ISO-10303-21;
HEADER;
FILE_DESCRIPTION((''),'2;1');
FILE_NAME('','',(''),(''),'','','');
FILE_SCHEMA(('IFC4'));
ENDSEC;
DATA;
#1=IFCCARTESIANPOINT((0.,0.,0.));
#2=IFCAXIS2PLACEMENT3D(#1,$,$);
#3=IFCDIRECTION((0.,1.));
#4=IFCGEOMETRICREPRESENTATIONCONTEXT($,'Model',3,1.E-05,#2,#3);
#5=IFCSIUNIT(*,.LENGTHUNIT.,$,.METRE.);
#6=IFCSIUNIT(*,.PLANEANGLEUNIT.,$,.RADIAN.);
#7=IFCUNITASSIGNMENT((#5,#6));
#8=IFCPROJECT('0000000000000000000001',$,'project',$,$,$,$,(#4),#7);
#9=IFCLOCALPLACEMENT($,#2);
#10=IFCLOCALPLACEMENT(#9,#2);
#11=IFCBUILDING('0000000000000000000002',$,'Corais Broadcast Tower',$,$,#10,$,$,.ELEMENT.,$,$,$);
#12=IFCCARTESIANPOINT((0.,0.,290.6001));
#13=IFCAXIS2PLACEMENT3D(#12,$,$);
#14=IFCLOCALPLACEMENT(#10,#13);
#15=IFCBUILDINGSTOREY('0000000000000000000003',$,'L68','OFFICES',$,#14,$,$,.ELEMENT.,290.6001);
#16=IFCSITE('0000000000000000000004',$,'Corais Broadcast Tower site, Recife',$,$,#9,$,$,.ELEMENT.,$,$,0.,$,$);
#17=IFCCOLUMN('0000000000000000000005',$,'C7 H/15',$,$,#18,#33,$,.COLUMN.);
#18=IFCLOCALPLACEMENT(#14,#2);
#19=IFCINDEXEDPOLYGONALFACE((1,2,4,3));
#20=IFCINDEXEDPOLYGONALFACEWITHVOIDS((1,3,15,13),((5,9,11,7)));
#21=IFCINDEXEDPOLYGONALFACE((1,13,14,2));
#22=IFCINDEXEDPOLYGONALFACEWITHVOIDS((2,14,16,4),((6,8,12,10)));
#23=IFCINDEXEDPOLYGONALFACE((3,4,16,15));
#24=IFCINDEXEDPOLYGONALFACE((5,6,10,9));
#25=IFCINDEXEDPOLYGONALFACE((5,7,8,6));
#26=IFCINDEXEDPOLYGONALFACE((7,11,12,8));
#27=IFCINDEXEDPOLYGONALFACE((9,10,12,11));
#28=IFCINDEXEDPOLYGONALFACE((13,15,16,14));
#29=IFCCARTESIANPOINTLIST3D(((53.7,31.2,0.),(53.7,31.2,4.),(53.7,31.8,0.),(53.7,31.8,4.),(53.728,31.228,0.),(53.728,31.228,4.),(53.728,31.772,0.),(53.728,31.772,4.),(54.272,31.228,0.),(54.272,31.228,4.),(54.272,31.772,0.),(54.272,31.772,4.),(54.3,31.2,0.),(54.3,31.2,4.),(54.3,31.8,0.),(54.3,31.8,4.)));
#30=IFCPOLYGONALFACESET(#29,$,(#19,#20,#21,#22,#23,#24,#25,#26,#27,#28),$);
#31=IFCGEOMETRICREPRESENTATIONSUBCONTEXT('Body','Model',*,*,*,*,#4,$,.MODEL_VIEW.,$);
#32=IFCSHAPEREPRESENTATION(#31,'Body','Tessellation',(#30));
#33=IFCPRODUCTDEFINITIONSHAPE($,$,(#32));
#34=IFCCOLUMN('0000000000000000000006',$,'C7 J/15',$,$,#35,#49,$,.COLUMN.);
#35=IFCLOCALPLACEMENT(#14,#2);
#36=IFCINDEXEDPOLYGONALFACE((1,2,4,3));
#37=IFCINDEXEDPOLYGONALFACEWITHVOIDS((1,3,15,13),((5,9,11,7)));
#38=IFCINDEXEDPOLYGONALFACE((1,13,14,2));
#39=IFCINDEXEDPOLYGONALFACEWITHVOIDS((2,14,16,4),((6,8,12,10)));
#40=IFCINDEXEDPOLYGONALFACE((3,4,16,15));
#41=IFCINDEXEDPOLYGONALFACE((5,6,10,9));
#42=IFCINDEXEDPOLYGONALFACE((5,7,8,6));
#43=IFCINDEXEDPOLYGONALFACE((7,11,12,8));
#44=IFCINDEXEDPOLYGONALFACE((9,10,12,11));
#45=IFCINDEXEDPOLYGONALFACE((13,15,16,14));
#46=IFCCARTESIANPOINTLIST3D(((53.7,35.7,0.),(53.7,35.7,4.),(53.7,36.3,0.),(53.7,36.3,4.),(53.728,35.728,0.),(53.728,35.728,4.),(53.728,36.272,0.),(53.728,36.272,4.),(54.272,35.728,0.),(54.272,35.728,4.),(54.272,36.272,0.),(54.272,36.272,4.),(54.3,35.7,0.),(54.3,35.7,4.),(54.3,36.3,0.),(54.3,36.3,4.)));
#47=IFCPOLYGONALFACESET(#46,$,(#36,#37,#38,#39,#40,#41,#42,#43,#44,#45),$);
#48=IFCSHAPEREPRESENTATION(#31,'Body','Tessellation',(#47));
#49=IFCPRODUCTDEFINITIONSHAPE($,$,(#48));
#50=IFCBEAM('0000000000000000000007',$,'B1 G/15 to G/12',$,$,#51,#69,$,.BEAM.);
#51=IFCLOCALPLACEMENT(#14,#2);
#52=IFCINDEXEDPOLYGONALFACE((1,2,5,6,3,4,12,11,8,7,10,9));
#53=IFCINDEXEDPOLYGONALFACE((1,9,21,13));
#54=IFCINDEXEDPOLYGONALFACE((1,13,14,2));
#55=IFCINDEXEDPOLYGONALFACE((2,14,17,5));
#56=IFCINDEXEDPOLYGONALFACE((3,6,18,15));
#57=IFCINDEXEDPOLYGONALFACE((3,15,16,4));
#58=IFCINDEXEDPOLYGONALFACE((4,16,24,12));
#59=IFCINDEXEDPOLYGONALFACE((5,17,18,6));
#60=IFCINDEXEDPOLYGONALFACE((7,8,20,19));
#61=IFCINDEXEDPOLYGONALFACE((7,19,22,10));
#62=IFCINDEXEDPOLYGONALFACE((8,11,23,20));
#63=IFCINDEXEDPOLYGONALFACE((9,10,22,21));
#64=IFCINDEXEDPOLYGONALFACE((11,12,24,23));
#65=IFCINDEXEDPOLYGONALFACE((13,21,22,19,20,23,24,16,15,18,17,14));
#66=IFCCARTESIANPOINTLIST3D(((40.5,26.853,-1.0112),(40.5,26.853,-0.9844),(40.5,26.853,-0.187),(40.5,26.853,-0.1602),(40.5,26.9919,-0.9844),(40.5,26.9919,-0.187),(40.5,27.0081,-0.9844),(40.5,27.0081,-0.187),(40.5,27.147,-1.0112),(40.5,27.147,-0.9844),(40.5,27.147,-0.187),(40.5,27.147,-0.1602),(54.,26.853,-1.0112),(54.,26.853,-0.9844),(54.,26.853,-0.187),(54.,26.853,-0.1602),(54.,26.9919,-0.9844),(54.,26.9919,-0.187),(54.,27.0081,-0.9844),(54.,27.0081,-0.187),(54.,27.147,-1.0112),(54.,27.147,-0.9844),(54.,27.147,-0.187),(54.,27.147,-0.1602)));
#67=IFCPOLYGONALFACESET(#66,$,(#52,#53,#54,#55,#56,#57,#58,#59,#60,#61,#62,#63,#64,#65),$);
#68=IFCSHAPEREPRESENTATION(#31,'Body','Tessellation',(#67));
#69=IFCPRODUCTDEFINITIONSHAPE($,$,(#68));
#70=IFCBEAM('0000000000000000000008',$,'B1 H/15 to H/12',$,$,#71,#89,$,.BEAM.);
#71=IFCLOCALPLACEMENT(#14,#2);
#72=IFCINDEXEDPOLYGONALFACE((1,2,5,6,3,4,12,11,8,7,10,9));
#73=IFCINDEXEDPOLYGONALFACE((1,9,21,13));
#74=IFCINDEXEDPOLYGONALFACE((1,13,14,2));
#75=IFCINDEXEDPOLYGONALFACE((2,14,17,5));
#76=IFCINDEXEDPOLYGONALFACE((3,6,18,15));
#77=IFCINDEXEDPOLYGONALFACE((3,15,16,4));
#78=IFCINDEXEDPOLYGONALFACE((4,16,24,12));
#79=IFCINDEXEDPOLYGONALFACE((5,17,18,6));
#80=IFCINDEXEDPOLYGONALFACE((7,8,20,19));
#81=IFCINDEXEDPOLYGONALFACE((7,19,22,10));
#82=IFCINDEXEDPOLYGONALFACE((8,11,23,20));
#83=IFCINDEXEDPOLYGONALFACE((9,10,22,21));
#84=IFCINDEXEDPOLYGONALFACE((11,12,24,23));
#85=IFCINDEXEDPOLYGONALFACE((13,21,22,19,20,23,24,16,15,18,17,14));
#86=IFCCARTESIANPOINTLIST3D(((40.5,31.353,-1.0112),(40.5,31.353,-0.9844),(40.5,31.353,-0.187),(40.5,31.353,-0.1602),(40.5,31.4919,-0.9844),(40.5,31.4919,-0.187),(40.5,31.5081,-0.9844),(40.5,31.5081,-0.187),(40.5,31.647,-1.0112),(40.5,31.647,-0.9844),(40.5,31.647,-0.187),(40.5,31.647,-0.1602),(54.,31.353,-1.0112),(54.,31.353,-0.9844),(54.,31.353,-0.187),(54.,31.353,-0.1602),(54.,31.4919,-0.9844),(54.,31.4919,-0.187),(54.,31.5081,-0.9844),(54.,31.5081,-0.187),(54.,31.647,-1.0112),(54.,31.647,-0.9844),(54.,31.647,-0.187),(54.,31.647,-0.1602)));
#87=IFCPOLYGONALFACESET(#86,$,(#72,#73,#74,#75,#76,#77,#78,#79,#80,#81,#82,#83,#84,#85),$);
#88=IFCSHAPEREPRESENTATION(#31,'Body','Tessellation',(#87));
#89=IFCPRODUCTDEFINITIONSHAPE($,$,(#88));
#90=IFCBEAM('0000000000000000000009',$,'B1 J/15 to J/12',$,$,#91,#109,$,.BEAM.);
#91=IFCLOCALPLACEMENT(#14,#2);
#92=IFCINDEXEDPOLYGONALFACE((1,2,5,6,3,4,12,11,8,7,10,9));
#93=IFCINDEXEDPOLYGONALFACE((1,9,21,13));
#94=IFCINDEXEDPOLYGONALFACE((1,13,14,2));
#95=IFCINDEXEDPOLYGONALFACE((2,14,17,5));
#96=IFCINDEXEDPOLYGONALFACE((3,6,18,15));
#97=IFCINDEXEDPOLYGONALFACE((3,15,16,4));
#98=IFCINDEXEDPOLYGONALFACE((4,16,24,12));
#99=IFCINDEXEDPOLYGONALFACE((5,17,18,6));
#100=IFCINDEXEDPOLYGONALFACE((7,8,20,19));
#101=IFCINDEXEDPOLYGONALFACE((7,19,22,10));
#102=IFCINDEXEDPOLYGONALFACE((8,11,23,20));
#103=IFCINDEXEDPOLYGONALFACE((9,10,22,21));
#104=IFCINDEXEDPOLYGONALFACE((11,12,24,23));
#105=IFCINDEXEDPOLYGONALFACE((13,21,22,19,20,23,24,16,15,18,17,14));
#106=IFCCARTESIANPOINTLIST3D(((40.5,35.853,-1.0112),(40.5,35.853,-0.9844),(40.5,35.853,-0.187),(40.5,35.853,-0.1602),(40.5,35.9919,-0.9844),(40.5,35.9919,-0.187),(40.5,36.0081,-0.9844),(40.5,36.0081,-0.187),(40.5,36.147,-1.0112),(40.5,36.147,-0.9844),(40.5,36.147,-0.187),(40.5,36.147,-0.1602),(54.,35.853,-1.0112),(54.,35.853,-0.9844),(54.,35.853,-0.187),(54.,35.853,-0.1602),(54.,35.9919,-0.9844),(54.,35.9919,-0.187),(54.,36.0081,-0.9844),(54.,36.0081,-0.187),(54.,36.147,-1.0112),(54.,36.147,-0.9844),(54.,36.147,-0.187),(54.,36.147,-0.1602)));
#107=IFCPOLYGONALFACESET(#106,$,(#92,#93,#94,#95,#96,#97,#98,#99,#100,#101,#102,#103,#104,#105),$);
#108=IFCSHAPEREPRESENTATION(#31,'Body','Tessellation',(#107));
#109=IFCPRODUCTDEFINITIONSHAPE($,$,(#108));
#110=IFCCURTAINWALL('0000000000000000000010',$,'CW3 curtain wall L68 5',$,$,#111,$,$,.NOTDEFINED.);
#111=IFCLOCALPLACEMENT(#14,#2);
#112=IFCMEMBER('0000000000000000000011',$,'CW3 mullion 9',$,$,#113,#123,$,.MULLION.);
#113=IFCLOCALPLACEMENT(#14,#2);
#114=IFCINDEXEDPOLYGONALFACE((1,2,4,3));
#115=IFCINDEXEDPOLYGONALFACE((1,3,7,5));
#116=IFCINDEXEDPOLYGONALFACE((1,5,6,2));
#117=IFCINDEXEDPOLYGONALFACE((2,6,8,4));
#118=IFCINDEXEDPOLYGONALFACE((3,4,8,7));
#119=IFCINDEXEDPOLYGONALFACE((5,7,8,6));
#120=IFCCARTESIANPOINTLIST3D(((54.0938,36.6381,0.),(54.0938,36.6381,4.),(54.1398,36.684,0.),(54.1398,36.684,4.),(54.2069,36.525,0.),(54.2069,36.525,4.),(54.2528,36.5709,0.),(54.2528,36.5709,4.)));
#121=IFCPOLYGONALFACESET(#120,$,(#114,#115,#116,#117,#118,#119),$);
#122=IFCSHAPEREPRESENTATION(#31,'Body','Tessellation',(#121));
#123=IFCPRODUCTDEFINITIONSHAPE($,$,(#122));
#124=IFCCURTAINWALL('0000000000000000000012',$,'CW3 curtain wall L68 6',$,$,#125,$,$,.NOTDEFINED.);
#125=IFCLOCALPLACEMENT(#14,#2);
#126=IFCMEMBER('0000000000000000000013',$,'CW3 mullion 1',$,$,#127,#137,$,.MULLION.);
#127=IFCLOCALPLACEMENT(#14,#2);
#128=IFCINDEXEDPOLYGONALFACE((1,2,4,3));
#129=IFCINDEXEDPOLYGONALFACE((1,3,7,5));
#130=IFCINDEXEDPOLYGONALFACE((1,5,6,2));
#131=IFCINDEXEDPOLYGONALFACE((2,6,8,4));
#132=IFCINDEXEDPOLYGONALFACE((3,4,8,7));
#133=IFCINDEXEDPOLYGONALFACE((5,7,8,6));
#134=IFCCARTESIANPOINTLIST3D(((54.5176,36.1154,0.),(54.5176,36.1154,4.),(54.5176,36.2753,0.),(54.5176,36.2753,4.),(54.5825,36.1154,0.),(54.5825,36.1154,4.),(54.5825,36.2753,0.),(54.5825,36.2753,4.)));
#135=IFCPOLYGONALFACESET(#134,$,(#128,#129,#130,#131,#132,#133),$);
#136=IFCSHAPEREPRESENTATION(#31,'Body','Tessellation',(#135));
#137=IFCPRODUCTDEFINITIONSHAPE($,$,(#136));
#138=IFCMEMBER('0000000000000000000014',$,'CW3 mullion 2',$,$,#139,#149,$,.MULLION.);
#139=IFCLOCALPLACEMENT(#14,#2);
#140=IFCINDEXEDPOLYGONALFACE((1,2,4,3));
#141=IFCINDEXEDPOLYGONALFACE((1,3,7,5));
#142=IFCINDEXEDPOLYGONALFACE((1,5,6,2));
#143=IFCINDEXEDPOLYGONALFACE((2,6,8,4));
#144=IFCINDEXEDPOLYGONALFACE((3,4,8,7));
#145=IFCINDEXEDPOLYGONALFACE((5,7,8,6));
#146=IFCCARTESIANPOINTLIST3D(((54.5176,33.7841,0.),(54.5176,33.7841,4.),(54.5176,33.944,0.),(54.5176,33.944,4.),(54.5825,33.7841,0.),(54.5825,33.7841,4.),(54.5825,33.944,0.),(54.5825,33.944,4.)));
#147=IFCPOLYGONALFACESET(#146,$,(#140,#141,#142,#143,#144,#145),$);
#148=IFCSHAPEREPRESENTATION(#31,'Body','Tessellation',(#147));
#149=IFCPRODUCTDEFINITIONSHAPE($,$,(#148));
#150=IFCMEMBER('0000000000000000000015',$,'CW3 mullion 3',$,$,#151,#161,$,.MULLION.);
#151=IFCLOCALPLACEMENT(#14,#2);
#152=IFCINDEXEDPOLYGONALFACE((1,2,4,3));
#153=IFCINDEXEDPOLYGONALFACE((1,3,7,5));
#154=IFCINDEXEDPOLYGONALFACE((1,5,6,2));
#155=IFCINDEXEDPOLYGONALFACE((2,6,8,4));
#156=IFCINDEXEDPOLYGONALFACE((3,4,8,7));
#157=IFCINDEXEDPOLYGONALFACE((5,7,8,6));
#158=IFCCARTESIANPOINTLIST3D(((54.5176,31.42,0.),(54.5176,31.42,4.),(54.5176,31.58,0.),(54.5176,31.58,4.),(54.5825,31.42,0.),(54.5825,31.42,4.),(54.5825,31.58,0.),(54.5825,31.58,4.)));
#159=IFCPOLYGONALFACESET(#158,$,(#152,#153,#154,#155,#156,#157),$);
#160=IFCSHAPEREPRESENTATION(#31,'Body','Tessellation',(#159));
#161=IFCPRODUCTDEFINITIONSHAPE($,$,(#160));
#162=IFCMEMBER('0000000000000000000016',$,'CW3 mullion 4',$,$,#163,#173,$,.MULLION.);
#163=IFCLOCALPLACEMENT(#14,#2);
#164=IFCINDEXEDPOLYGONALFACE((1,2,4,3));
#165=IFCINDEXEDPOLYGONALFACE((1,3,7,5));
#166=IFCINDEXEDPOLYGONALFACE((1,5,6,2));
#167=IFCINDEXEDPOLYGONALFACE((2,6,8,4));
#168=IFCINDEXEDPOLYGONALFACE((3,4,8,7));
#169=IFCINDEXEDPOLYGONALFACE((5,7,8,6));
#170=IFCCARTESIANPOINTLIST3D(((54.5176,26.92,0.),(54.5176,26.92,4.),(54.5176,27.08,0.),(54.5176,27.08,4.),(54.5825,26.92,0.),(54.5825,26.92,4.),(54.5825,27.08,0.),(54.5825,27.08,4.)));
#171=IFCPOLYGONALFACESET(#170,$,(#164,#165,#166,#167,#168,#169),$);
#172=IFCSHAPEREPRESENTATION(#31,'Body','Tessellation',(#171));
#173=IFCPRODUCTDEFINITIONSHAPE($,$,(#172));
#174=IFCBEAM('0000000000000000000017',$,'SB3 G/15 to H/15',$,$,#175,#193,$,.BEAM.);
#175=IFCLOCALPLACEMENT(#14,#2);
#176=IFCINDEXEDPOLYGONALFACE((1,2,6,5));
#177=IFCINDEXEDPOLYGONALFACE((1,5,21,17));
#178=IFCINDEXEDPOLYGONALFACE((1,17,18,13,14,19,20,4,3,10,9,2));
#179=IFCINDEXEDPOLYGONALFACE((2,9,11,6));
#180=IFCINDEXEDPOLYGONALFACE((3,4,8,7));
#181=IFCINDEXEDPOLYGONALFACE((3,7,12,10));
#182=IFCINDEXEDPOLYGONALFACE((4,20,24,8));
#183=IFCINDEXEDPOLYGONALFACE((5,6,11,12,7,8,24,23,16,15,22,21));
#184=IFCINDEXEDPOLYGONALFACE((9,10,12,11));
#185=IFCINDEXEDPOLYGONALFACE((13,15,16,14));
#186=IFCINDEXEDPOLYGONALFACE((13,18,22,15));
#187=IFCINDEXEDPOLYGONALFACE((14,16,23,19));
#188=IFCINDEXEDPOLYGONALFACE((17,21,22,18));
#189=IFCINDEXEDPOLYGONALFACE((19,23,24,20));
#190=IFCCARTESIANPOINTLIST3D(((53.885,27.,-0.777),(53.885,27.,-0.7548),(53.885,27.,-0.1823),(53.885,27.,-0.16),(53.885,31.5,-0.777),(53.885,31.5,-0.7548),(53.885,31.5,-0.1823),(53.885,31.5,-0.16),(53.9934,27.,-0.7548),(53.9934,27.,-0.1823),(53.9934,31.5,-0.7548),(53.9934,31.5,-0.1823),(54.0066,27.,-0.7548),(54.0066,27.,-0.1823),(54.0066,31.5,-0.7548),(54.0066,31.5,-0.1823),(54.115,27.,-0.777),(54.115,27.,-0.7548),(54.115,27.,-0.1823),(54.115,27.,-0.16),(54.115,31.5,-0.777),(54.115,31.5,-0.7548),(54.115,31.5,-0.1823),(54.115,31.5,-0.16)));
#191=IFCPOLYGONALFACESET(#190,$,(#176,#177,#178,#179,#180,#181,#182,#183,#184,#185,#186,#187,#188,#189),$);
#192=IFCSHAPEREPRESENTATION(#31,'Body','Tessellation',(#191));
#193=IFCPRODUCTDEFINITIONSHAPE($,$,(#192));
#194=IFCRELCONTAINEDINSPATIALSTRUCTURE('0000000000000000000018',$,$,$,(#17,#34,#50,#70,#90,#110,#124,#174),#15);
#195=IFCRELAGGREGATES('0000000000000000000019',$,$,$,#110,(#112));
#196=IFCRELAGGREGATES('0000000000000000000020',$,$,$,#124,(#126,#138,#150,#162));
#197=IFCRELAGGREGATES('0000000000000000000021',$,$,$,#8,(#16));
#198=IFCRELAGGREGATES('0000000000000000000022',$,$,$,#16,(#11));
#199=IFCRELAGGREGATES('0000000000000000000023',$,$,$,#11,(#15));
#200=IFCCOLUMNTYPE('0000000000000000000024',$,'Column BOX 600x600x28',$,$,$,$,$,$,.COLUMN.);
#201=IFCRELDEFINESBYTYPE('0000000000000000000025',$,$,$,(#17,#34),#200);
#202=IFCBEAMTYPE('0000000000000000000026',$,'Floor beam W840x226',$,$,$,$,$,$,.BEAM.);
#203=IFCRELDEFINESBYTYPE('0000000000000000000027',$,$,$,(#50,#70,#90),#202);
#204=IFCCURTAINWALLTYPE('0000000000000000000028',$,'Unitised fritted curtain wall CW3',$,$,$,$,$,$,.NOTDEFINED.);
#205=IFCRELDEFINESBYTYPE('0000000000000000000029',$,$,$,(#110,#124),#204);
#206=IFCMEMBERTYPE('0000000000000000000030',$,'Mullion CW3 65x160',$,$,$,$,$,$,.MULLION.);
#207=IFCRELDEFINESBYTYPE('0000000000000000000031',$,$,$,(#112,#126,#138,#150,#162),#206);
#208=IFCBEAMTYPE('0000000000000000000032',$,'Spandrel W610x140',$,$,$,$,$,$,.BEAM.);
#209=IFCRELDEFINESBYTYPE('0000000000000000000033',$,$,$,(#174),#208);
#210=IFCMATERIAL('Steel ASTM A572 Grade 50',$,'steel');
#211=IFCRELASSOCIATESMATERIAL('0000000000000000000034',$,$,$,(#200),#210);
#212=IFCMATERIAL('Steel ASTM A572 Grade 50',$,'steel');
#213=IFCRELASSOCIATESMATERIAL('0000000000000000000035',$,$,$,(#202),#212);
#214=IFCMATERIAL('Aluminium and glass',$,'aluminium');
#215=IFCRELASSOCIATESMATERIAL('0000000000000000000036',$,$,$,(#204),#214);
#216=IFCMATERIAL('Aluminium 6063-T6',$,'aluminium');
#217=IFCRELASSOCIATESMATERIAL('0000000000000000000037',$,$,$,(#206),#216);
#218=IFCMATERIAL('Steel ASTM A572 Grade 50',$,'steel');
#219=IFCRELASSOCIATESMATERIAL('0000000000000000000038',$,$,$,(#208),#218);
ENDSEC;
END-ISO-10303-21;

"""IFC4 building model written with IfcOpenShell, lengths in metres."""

from ifc_helpers import new_model, si_unit, direction, frame, origin, origin_2d, place, context, subcontext, project, spatial, rectangle, hollow_rectangle, i_section, extrude, material, material_profile, profile_set, type_object, element, aggregate, save


model = new_model("IFC4")

# Units and contexts
model_context = context("Model", 3, precision=1e-05, world=origin(), true_north=direction((0.0, 1.0)))
body_context = subcontext(model_context, "Body", "Model", "MODEL_VIEW")
ifc_project = project(units=[si_unit("LENGTHUNIT", "METRE"), si_unit("PLANEANGLEUNIT", "RADIAN")], contexts=[model_context])

# Site, building, storey
site_placement = place(None, origin())
site = spatial("IfcSite", under=ifc_project, at=site_placement, Name="Corais Broadcast Tower site, Recife", CompositionType="ELEMENT", RefElevation=0.0)
building_placement = place(site_placement, origin())
building = spatial("IfcBuilding", under=site, at=building_placement, Name="Corais Broadcast Tower", CompositionType="ELEMENT")
storey_placement = place(building_placement, frame((0.0, 0.0, 290.6001)))
storey = spatial("IfcBuildingStorey", under=building, at=storey_placement, Name="L68", Description="OFFICES", CompositionType="ELEMENT", Elevation=290.6001)

# Columns
ifc_material_1 = material(Name="Steel ASTM A572 Grade 50", Category="steel")
ifc_material_profile_1 = material_profile(ifc_material_1, hollow_rectangle(XDim=0.6001, YDim=0.6001, WallThickness=0.0281, at=origin_2d()), Name="BOX 600x600x28")
ifc_profile_set_1 = profile_set([ifc_material_profile_1], Name="Steel ASTM A572 Grade 50")
column_type = type_object("IfcColumnType", Name="Column BOX 600x600x28", PredefinedType="COLUMN", material=ifc_profile_set_1)
for number, where, z_axis, x_axis, name in (
    (1, (54.0, 31.5, 0.0), (0.0, 0.0, 1.0), (1.0, 0.0, 0.0), "C7 H/15"),
    (2, (54.0, 36.0, 0.0), (0.0, 0.0, 1.0), (1.0, 0.0, 0.0), "C7 J/15"),
):
    element("IfcColumn", number, at=place(storey_placement, frame(where, z_axis=z_axis, x_axis=x_axis)), inside=storey, type_object=column_type, Name=name, PredefinedType="COLUMN", context=body_context, shape_type="SweptSolid", body=[
        extrude(hollow_rectangle(XDim=0.6001, YDim=0.6001, WallThickness=0.0281, at=origin_2d()), origin(), (0.0, 0.0, 1.0), 4.0),
    ])

# Beams
ifc_material_2 = material(Name="Steel ASTM A572 Grade 50", Category="steel")
ifc_material_profile_2 = material_profile(ifc_material_2, i_section(OverallWidth=0.2939, OverallDepth=0.8511, WebThickness=0.0161, FlangeThickness=0.0269, at=origin_2d()), Name="W840x226")
ifc_profile_set_2 = profile_set([ifc_material_profile_2], Name="Steel ASTM A572 Grade 50")
beam_type_1 = type_object("IfcBeamType", Name="Floor beam W840x226", PredefinedType="BEAM", material=ifc_profile_set_2)
for number, where, z_axis, x_axis, name in (
    (3, (54.0, 27.0, -0.5857), (-1.0, 0.0, 0.0), (0.0, -1.0, 0.0), "B1 G/15 to G/12"),
    (4, (54.0, 31.5, -0.5857), (-1.0, 0.0, 0.0), (0.0, -1.0, 0.0), "B1 H/15 to H/12"),
    (5, (54.0, 36.0, -0.5857), (-1.0, 0.0, 0.0), (0.0, -1.0, 0.0), "B1 J/15 to J/12"),
):
    element("IfcBeam", number, at=place(storey_placement, frame(where, z_axis=z_axis, x_axis=x_axis)), inside=storey, type_object=beam_type_1, Name=name, PredefinedType="BEAM", context=body_context, shape_type="SweptSolid", body=[
        extrude(i_section(OverallWidth=0.2939, OverallDepth=0.8511, WebThickness=0.0161, FlangeThickness=0.0269, at=origin_2d()), origin(), (0.0, 0.0, 1.0), 13.5),
    ])

# Curtain wall, member
ifc_material_3 = material(Name="Aluminium and glass", Category="aluminium")
curtain_wall_type = type_object("IfcCurtainWallType", Name="Unitised fritted curtain wall CW3", PredefinedType="NOTDEFINED", material=ifc_material_3)
curtain_wall_1_placement = place(storey_placement, origin())
curtain_wall_1 = element("IfcCurtainWall", 6, at=curtain_wall_1_placement, inside=storey, type_object=curtain_wall_type, Name="CW3 curtain wall L68 5", PredefinedType="NOTDEFINED")
ifc_material_4 = material(Name="Aluminium 6063-T6", Category="aluminium")
ifc_material_profile_3 = material_profile(ifc_material_4, rectangle(XDim=0.0649, YDim=0.1599, at=origin_2d()), Name="Mullion CW3 65x160")
ifc_profile_set_3 = profile_set([ifc_material_profile_3], Name="Aluminium 6063-T6")
member_type_1 = type_object("IfcMemberType", Name="Mullion CW3 65x160", PredefinedType="MULLION", material=ifc_profile_set_3)
member_1_placement = place(storey_placement, frame((54.1733, 36.6045, 0.0), z_axis=(0.0, 0.0, 1.0), x_axis=(0.707107, 0.707107, 0.0)))
member_1 = element("IfcMember", 7, at=member_1_placement, type_object=member_type_1, Name="CW3 mullion 9", PredefinedType="MULLION", context=body_context, shape_type="SweptSolid", body=[
    extrude(rectangle(XDim=0.0649, YDim=0.1599, at=origin_2d()), origin(), (0.0, 0.0, 1.0), 4.0),
])
aggregate(curtain_wall_1, [member_1])

# Curtain wall, members
curtain_wall_2_placement = place(storey_placement, origin())
curtain_wall_2 = element("IfcCurtainWall", 8, at=curtain_wall_2_placement, inside=storey, type_object=curtain_wall_type, Name="CW3 curtain wall L68 6", PredefinedType="NOTDEFINED")
member_2_placement = place(storey_placement, frame((54.55, 36.1953, 0.0), z_axis=(0.0, 0.0, 1.0), x_axis=(1.0, 0.0, 0.0)))
member_2 = element("IfcMember", 9, at=member_2_placement, type_object=member_type_1, Name="CW3 mullion 1", PredefinedType="MULLION", context=body_context, shape_type="SweptSolid", body=[
    extrude(rectangle(XDim=0.0649, YDim=0.1599, at=origin_2d()), origin(), (0.0, 0.0, 1.0), 4.0),
])
member_3_placement = place(storey_placement, frame((54.55, 33.864, 0.0), z_axis=(0.0, 0.0, 1.0), x_axis=(1.0, 0.0, 0.0)))
member_3 = element("IfcMember", 10, at=member_3_placement, type_object=member_type_1, Name="CW3 mullion 2", PredefinedType="MULLION", context=body_context, shape_type="SweptSolid", body=[
    extrude(rectangle(XDim=0.0649, YDim=0.1599, at=origin_2d()), origin(), (0.0, 0.0, 1.0), 4.0),
])
member_4_placement = place(storey_placement, frame((54.55, 31.5, 0.0), z_axis=(0.0, 0.0, 1.0), x_axis=(1.0, 0.0, 0.0)))
member_4 = element("IfcMember", 11, at=member_4_placement, type_object=member_type_1, Name="CW3 mullion 3", PredefinedType="MULLION", context=body_context, shape_type="SweptSolid", body=[
    extrude(rectangle(XDim=0.0649, YDim=0.1599, at=origin_2d()), origin(), (0.0, 0.0, 1.0), 4.0),
])
member_5_placement = place(storey_placement, frame((54.55, 27.0, 0.0), z_axis=(0.0, 0.0, 1.0), x_axis=(1.0, 0.0, 0.0)))
member_5 = element("IfcMember", 12, at=member_5_placement, type_object=member_type_1, Name="CW3 mullion 4", PredefinedType="MULLION", context=body_context, shape_type="SweptSolid", body=[
    extrude(rectangle(XDim=0.0649, YDim=0.1599, at=origin_2d()), origin(), (0.0, 0.0, 1.0), 4.0),
])

# Beam
ifc_material_5 = material(Name="Steel ASTM A572 Grade 50", Category="steel")
ifc_material_profile_4 = material_profile(ifc_material_5, i_section(OverallWidth=0.23, OverallDepth=0.6169, WebThickness=0.0132, FlangeThickness=0.0222, at=origin_2d()), Name="W610x140")
ifc_profile_set_4 = profile_set([ifc_material_profile_4], Name="Steel ASTM A572 Grade 50")
beam_type_2 = type_object("IfcBeamType", Name="Spandrel W610x140", PredefinedType="BEAM", material=ifc_profile_set_4)
for number, where, z_axis, x_axis, name in (
    (13, (54.0, 27.0, -0.4685), (0.0, 1.0, 0.0), (-1.0, 0.0, 0.0), "SB3 G/15 to H/15"),
):
    element("IfcBeam", number, at=place(storey_placement, frame(where, z_axis=z_axis, x_axis=x_axis)), inside=storey, type_object=beam_type_2, Name=name, PredefinedType="BEAM", context=body_context, shape_type="SweptSolid", body=[
        extrude(i_section(OverallWidth=0.23, OverallDepth=0.6169, WebThickness=0.0132, FlangeThickness=0.0222, at=origin_2d()), origin(), (0.0, 0.0, 1.0), 4.5),
    ])

aggregate(curtain_wall_2, [member_2, member_3, member_4, member_5])

save(model, "model.ifc")
